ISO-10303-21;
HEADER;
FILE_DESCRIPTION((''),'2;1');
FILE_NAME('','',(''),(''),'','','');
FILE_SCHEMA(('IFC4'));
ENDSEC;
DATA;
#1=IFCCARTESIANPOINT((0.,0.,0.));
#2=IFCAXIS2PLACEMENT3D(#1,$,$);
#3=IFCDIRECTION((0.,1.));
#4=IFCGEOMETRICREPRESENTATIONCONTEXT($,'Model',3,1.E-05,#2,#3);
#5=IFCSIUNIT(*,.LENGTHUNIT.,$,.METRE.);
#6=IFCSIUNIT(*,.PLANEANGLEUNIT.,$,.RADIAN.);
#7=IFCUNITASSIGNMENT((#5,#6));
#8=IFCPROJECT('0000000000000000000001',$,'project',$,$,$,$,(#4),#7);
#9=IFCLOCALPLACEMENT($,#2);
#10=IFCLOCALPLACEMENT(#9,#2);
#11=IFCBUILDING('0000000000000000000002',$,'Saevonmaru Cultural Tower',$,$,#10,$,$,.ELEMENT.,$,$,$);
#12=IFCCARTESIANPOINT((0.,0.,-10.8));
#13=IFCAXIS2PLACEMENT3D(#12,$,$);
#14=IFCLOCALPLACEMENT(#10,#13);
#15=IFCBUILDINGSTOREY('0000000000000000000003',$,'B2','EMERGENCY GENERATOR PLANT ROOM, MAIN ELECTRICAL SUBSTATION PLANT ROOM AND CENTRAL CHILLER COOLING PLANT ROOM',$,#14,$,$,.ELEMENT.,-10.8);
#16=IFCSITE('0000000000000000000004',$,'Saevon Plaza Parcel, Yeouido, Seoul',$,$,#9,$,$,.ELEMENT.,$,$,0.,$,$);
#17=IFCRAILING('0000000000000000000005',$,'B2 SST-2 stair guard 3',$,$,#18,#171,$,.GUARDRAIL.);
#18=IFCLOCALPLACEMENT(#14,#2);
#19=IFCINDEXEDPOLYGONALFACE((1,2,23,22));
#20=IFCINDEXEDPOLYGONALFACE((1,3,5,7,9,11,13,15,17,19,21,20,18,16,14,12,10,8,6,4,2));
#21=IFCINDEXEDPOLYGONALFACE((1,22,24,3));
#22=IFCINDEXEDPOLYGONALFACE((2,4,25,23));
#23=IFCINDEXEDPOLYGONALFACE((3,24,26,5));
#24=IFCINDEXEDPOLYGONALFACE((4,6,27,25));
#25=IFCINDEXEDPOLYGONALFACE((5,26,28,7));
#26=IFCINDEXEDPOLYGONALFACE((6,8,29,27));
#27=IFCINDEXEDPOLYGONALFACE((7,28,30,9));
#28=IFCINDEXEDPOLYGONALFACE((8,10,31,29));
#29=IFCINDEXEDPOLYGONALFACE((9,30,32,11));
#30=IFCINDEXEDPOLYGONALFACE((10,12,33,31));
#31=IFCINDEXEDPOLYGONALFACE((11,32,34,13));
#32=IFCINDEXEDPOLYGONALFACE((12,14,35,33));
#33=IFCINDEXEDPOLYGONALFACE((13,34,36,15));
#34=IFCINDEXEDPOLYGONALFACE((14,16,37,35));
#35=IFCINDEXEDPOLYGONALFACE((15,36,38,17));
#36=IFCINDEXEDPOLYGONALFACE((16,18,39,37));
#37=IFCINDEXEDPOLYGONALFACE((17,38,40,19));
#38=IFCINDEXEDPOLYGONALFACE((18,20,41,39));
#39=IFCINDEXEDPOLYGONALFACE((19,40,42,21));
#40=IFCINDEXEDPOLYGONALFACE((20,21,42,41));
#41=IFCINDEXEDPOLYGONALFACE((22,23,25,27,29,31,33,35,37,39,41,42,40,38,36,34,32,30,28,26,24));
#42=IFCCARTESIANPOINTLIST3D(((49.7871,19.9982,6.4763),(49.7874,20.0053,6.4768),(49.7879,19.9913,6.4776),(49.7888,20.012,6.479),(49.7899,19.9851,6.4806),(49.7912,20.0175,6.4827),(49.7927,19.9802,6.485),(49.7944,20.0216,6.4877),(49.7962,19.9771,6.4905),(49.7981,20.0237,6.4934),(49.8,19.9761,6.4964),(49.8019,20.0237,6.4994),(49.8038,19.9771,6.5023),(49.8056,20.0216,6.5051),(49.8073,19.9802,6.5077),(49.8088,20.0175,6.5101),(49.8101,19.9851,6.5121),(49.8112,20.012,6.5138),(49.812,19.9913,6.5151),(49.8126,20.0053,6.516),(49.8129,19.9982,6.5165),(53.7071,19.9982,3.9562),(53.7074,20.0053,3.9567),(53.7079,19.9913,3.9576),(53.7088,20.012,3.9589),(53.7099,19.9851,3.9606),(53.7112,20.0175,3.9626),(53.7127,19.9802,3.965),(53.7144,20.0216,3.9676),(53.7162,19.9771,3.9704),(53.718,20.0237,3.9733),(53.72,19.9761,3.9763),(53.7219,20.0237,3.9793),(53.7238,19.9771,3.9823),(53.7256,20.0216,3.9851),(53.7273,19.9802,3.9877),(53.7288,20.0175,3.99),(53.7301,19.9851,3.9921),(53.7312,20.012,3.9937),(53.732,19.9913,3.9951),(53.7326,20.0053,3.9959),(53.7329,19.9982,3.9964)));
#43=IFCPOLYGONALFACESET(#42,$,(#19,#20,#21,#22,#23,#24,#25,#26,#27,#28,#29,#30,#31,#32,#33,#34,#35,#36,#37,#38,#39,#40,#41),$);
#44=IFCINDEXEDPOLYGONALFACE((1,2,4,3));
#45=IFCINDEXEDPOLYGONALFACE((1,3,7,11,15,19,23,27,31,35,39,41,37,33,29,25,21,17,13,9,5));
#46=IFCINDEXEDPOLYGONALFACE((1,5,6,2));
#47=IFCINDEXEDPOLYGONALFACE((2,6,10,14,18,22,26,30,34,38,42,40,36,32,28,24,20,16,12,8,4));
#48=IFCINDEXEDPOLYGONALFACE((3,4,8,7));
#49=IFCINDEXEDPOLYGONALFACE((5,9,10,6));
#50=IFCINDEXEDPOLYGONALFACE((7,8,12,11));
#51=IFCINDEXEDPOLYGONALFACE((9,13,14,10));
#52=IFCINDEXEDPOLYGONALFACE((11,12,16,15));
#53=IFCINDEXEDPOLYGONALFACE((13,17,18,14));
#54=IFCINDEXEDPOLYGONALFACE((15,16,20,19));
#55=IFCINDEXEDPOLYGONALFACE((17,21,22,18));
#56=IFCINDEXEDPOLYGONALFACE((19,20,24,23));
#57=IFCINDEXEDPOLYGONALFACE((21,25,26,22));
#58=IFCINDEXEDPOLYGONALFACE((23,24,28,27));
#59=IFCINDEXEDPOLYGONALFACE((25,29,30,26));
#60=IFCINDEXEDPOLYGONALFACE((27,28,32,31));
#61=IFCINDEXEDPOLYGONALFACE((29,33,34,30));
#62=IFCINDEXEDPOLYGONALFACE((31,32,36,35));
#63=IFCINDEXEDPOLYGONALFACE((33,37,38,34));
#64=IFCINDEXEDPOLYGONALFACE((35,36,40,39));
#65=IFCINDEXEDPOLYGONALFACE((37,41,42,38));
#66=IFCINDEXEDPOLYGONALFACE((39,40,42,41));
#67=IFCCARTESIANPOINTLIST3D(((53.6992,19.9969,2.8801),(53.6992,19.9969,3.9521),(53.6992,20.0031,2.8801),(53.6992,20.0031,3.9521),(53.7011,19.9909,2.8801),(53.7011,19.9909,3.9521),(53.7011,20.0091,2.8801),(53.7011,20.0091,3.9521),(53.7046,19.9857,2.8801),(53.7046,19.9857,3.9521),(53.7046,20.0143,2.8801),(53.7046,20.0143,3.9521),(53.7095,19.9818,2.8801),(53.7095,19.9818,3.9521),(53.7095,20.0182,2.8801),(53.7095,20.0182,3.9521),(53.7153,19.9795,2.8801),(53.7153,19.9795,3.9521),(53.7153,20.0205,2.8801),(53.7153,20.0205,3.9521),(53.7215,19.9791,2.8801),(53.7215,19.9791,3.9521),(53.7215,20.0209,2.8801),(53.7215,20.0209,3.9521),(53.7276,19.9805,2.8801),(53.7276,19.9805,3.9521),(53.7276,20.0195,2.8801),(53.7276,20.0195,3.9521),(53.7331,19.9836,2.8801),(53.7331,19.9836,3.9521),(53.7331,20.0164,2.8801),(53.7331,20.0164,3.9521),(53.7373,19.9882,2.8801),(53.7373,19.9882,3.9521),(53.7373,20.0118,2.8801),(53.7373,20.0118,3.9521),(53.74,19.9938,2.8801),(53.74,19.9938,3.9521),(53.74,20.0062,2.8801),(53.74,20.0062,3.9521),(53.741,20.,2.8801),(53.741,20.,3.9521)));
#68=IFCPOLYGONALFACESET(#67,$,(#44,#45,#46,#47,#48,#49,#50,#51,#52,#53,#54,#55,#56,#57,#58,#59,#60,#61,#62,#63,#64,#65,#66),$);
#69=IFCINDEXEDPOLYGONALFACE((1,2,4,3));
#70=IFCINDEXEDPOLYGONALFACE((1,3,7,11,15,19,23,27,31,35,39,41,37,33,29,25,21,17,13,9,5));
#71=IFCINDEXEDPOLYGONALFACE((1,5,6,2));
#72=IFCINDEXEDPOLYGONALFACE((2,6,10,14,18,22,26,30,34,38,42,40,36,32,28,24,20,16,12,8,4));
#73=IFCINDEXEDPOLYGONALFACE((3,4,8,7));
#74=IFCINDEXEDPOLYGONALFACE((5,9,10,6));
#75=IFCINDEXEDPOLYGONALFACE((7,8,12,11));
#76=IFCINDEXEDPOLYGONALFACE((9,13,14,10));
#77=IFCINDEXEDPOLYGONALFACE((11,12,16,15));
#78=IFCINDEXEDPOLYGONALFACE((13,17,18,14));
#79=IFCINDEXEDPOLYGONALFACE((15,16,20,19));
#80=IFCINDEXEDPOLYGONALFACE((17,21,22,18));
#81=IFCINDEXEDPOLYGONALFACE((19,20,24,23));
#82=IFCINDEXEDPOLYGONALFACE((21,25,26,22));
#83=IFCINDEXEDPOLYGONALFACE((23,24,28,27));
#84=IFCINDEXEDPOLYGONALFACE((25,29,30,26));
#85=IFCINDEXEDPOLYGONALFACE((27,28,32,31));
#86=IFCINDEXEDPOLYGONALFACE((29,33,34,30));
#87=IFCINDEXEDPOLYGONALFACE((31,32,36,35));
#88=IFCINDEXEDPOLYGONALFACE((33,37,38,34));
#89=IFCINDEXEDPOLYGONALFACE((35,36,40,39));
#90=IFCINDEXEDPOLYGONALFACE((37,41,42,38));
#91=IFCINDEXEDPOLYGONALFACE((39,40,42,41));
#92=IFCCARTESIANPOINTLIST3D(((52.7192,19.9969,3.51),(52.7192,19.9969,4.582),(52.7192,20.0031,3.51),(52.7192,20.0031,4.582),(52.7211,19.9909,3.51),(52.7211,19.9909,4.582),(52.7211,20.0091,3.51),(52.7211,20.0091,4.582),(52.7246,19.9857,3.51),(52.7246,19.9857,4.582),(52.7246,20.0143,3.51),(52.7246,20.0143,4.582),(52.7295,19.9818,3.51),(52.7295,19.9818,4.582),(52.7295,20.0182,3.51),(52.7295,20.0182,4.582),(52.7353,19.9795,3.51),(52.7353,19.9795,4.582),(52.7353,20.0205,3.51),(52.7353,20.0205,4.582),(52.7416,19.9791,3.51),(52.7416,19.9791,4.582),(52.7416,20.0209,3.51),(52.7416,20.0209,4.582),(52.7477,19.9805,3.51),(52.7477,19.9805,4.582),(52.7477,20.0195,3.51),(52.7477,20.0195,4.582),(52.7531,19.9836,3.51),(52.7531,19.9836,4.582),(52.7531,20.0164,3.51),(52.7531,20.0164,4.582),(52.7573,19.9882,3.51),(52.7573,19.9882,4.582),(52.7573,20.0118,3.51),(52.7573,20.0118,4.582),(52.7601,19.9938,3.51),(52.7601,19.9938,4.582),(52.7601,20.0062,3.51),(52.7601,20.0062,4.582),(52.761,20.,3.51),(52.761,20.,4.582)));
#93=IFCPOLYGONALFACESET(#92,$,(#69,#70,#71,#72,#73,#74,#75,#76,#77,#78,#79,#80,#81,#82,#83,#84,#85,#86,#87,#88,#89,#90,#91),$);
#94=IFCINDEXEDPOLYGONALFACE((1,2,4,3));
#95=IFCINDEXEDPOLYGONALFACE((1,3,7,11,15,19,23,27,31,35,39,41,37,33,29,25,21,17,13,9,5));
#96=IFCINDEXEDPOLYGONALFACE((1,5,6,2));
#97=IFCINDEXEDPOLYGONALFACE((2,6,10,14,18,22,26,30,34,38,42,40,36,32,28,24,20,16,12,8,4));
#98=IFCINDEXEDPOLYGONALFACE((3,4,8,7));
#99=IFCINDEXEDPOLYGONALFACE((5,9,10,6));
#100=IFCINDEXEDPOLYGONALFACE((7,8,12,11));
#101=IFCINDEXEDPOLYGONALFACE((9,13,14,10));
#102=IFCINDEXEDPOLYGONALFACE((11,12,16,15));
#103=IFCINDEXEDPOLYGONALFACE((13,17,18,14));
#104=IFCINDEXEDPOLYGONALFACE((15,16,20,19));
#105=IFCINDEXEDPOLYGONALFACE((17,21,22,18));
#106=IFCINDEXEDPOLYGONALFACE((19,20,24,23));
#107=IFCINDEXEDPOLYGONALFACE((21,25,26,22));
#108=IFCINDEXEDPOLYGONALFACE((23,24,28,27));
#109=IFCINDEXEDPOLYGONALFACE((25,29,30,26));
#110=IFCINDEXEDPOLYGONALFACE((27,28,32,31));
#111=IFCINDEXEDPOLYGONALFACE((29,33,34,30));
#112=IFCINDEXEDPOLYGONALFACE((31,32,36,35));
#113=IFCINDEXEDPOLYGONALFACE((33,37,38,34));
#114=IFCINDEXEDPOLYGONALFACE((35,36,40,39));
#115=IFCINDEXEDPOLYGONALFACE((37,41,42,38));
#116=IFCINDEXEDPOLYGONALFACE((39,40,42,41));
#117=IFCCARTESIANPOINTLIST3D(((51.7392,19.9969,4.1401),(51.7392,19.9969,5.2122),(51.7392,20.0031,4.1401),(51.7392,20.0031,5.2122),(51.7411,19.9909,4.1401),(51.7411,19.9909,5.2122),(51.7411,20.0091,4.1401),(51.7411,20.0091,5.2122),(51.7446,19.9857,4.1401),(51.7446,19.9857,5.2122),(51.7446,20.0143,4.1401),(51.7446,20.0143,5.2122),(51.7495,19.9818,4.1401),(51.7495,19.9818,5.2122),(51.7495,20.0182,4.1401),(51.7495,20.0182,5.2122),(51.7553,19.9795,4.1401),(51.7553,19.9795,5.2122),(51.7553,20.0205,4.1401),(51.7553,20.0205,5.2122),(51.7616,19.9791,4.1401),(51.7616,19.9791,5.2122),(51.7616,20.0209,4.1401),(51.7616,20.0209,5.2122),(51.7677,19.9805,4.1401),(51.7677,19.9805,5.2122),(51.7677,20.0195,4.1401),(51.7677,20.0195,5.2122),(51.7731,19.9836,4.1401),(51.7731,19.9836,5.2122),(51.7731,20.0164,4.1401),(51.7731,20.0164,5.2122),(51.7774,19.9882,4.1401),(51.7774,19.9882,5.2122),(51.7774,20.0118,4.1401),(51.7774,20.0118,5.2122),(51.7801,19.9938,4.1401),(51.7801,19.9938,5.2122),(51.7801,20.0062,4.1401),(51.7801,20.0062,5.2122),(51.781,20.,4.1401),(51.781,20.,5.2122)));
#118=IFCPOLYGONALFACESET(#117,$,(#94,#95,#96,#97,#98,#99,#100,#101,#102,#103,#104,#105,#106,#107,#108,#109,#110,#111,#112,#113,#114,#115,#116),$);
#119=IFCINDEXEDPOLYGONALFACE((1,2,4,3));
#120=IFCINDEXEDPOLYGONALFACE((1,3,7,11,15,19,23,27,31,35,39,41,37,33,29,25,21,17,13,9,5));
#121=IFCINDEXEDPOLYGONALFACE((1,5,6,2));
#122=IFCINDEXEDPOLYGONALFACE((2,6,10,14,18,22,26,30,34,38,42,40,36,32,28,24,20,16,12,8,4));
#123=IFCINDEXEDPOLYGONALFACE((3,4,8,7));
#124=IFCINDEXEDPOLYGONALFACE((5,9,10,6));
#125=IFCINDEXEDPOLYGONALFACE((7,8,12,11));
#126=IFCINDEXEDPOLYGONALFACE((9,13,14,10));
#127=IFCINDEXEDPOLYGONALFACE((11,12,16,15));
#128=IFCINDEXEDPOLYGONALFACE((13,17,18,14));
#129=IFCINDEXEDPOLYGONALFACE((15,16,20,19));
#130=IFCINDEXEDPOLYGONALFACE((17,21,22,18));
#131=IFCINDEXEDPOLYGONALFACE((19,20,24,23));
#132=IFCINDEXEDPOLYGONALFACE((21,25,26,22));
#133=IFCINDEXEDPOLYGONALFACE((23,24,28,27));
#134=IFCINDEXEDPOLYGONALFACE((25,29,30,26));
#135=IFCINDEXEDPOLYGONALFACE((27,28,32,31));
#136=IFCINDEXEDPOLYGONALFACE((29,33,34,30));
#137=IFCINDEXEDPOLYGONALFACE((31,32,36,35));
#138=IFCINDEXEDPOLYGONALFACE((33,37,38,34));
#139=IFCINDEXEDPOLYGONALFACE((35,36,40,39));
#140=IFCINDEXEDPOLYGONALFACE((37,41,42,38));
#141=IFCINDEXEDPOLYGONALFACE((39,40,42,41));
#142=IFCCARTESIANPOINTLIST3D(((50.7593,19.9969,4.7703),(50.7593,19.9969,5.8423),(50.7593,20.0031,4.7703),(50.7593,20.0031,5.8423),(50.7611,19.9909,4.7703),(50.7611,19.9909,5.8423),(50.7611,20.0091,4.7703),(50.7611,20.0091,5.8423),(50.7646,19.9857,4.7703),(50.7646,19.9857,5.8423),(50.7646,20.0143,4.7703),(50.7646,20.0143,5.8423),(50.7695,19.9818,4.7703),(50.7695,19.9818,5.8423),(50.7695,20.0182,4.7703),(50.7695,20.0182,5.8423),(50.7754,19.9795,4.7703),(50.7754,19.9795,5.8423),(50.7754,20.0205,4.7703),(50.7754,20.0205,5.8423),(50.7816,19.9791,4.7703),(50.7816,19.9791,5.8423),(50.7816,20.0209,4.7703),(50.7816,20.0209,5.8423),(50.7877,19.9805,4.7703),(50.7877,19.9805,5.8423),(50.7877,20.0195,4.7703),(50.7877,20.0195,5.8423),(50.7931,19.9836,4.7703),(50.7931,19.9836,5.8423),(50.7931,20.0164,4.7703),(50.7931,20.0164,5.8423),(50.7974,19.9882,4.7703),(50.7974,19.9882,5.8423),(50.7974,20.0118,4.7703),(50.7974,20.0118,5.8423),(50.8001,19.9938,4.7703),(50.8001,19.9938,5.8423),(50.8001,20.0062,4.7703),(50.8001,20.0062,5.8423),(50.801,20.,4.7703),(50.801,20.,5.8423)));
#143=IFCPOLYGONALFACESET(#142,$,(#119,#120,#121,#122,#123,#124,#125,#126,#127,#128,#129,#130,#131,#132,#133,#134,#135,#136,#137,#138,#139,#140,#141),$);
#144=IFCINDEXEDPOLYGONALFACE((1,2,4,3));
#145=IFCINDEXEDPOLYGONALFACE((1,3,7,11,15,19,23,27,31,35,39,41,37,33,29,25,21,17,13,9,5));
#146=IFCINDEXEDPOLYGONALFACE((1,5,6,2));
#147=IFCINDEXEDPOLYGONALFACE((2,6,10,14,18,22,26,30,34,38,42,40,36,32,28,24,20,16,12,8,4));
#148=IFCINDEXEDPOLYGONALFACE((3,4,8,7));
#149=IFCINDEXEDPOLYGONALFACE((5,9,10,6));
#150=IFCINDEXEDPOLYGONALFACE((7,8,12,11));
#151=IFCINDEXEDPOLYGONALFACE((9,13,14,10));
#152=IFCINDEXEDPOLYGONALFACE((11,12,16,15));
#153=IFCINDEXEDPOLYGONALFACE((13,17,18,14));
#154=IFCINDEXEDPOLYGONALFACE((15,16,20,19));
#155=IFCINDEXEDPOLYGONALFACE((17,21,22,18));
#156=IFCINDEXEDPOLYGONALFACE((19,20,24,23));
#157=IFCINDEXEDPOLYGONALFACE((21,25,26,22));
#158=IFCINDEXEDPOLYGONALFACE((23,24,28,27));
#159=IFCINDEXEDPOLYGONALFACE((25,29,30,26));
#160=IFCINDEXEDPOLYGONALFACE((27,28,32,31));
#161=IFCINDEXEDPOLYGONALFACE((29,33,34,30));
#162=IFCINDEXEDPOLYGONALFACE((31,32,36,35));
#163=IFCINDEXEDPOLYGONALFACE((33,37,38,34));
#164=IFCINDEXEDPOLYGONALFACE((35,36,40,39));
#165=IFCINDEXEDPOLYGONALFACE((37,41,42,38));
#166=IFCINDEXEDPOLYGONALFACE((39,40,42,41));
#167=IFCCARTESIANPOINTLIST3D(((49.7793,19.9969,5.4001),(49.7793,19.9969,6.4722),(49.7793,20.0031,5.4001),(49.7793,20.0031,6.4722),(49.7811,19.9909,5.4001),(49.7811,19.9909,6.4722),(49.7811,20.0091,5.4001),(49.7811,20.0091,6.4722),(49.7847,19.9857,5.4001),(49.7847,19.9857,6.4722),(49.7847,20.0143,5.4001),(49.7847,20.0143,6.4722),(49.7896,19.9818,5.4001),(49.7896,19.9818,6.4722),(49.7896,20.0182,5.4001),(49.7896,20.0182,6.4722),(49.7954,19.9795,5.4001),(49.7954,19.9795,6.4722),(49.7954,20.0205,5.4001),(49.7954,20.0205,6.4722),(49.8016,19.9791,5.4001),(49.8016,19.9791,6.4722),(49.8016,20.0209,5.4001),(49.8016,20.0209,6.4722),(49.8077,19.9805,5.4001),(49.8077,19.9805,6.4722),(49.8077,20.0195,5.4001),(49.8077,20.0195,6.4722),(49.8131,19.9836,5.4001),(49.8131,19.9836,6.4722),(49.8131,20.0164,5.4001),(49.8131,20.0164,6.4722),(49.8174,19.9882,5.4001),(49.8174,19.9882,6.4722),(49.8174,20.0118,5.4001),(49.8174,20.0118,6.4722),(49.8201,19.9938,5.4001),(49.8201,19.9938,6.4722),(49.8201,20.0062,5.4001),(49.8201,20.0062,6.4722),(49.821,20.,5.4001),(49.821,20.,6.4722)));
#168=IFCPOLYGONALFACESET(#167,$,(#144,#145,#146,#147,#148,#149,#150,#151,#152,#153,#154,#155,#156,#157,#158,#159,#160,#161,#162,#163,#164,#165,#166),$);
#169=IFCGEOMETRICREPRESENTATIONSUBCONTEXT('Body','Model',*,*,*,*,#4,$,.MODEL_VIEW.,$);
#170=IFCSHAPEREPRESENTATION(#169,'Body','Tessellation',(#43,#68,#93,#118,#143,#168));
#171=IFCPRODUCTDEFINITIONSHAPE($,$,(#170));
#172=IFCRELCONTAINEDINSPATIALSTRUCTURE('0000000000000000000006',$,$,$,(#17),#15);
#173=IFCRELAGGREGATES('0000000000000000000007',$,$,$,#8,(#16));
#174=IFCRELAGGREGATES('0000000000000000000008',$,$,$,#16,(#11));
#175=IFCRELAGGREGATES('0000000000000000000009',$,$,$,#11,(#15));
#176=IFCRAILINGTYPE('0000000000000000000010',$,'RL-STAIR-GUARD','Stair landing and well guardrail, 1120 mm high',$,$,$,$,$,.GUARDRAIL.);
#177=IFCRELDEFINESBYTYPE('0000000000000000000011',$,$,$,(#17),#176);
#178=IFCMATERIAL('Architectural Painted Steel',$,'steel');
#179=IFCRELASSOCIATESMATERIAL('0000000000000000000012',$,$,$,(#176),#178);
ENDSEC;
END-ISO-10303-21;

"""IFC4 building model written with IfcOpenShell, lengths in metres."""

from ifc_helpers import new_model, si_unit, direction, frame, origin, origin_2d, place, context, subcontext, project, spatial, circle, extrude, material, type_object, element, save


model = new_model("IFC4")

# Units and contexts
model_context = context("Model", 3, precision=1e-05, world=origin(), true_north=direction((0.0, 1.0)))
body_context = subcontext(model_context, "Body", "Model", "MODEL_VIEW")
ifc_project = project(units=[si_unit("LENGTHUNIT", "METRE"), si_unit("PLANEANGLEUNIT", "RADIAN")], contexts=[model_context])

# Site, building, storey
site_placement = place(None, origin())
site = spatial("IfcSite", under=ifc_project, at=site_placement, Name="Saevon Plaza Parcel, Yeouido, Seoul", CompositionType="ELEMENT", RefElevation=0.0)
building_placement = place(site_placement, origin())
building = spatial("IfcBuilding", under=site, at=building_placement, Name="Saevonmaru Cultural Tower", CompositionType="ELEMENT")
storey_placement = place(building_placement, frame((0.0, 0.0, -10.8)))
storey = spatial("IfcBuildingStorey", under=building, at=storey_placement, Name="B2", Description="EMERGENCY GENERATOR PLANT ROOM, MAIN ELECTRICAL SUBSTATION PLANT ROOM AND CENTRAL CHILLER COOLING PLANT ROOM", CompositionType="ELEMENT", Elevation=-10.8)

# Railing
ifc_material_1 = material(Name="Architectural Painted Steel", Category="steel")
railing_type_1 = type_object("IfcRailingType", Name="RL-STAIR-GUARD", Description="Stair landing and well guardrail, 1120 mm high", PredefinedType="GUARDRAIL", material=ifc_material_1)
railing_1_placement = place(storey_placement, frame((53.72, 20.0, 2.8801)))
element("IfcRailing", 1, at=railing_1_placement, inside=storey, type_object=railing_type_1, Name="B2 SST-2 stair guard 3", PredefinedType="GUARDRAIL", context=body_context, shape_type="SweptSolid", body=[
    extrude(circle(Radius=0.0239, at=origin_2d()), frame((0.0, 0.0, 1.0962), z_axis=(-0.841172, 0.0, 0.540768), x_axis=(0.0, -1.0, 0.0)), (0.0, 0.0, 1.0), 4.6602),
    extrude(circle(Radius=0.021, at=origin_2d()), origin(), (0.0, 0.0, 1.0), 1.072),
    extrude(circle(Radius=0.021, at=origin_2d()), frame((-0.98, 0.0, 0.6299)), (0.0, 0.0, 1.0), 1.072),
    extrude(circle(Radius=0.021, at=origin_2d()), frame((-1.96, 0.0, 1.26)), (0.0, 0.0, 1.0), 1.072),
    extrude(circle(Radius=0.021, at=origin_2d()), frame((-2.9399, 0.0, 1.8901)), (0.0, 0.0, 1.0), 1.072),
    extrude(circle(Radius=0.021, at=origin_2d()), frame((-3.9199, 0.0, 2.52)), (0.0, 0.0, 1.0), 1.072),
])

save(model, "model.ifc")
